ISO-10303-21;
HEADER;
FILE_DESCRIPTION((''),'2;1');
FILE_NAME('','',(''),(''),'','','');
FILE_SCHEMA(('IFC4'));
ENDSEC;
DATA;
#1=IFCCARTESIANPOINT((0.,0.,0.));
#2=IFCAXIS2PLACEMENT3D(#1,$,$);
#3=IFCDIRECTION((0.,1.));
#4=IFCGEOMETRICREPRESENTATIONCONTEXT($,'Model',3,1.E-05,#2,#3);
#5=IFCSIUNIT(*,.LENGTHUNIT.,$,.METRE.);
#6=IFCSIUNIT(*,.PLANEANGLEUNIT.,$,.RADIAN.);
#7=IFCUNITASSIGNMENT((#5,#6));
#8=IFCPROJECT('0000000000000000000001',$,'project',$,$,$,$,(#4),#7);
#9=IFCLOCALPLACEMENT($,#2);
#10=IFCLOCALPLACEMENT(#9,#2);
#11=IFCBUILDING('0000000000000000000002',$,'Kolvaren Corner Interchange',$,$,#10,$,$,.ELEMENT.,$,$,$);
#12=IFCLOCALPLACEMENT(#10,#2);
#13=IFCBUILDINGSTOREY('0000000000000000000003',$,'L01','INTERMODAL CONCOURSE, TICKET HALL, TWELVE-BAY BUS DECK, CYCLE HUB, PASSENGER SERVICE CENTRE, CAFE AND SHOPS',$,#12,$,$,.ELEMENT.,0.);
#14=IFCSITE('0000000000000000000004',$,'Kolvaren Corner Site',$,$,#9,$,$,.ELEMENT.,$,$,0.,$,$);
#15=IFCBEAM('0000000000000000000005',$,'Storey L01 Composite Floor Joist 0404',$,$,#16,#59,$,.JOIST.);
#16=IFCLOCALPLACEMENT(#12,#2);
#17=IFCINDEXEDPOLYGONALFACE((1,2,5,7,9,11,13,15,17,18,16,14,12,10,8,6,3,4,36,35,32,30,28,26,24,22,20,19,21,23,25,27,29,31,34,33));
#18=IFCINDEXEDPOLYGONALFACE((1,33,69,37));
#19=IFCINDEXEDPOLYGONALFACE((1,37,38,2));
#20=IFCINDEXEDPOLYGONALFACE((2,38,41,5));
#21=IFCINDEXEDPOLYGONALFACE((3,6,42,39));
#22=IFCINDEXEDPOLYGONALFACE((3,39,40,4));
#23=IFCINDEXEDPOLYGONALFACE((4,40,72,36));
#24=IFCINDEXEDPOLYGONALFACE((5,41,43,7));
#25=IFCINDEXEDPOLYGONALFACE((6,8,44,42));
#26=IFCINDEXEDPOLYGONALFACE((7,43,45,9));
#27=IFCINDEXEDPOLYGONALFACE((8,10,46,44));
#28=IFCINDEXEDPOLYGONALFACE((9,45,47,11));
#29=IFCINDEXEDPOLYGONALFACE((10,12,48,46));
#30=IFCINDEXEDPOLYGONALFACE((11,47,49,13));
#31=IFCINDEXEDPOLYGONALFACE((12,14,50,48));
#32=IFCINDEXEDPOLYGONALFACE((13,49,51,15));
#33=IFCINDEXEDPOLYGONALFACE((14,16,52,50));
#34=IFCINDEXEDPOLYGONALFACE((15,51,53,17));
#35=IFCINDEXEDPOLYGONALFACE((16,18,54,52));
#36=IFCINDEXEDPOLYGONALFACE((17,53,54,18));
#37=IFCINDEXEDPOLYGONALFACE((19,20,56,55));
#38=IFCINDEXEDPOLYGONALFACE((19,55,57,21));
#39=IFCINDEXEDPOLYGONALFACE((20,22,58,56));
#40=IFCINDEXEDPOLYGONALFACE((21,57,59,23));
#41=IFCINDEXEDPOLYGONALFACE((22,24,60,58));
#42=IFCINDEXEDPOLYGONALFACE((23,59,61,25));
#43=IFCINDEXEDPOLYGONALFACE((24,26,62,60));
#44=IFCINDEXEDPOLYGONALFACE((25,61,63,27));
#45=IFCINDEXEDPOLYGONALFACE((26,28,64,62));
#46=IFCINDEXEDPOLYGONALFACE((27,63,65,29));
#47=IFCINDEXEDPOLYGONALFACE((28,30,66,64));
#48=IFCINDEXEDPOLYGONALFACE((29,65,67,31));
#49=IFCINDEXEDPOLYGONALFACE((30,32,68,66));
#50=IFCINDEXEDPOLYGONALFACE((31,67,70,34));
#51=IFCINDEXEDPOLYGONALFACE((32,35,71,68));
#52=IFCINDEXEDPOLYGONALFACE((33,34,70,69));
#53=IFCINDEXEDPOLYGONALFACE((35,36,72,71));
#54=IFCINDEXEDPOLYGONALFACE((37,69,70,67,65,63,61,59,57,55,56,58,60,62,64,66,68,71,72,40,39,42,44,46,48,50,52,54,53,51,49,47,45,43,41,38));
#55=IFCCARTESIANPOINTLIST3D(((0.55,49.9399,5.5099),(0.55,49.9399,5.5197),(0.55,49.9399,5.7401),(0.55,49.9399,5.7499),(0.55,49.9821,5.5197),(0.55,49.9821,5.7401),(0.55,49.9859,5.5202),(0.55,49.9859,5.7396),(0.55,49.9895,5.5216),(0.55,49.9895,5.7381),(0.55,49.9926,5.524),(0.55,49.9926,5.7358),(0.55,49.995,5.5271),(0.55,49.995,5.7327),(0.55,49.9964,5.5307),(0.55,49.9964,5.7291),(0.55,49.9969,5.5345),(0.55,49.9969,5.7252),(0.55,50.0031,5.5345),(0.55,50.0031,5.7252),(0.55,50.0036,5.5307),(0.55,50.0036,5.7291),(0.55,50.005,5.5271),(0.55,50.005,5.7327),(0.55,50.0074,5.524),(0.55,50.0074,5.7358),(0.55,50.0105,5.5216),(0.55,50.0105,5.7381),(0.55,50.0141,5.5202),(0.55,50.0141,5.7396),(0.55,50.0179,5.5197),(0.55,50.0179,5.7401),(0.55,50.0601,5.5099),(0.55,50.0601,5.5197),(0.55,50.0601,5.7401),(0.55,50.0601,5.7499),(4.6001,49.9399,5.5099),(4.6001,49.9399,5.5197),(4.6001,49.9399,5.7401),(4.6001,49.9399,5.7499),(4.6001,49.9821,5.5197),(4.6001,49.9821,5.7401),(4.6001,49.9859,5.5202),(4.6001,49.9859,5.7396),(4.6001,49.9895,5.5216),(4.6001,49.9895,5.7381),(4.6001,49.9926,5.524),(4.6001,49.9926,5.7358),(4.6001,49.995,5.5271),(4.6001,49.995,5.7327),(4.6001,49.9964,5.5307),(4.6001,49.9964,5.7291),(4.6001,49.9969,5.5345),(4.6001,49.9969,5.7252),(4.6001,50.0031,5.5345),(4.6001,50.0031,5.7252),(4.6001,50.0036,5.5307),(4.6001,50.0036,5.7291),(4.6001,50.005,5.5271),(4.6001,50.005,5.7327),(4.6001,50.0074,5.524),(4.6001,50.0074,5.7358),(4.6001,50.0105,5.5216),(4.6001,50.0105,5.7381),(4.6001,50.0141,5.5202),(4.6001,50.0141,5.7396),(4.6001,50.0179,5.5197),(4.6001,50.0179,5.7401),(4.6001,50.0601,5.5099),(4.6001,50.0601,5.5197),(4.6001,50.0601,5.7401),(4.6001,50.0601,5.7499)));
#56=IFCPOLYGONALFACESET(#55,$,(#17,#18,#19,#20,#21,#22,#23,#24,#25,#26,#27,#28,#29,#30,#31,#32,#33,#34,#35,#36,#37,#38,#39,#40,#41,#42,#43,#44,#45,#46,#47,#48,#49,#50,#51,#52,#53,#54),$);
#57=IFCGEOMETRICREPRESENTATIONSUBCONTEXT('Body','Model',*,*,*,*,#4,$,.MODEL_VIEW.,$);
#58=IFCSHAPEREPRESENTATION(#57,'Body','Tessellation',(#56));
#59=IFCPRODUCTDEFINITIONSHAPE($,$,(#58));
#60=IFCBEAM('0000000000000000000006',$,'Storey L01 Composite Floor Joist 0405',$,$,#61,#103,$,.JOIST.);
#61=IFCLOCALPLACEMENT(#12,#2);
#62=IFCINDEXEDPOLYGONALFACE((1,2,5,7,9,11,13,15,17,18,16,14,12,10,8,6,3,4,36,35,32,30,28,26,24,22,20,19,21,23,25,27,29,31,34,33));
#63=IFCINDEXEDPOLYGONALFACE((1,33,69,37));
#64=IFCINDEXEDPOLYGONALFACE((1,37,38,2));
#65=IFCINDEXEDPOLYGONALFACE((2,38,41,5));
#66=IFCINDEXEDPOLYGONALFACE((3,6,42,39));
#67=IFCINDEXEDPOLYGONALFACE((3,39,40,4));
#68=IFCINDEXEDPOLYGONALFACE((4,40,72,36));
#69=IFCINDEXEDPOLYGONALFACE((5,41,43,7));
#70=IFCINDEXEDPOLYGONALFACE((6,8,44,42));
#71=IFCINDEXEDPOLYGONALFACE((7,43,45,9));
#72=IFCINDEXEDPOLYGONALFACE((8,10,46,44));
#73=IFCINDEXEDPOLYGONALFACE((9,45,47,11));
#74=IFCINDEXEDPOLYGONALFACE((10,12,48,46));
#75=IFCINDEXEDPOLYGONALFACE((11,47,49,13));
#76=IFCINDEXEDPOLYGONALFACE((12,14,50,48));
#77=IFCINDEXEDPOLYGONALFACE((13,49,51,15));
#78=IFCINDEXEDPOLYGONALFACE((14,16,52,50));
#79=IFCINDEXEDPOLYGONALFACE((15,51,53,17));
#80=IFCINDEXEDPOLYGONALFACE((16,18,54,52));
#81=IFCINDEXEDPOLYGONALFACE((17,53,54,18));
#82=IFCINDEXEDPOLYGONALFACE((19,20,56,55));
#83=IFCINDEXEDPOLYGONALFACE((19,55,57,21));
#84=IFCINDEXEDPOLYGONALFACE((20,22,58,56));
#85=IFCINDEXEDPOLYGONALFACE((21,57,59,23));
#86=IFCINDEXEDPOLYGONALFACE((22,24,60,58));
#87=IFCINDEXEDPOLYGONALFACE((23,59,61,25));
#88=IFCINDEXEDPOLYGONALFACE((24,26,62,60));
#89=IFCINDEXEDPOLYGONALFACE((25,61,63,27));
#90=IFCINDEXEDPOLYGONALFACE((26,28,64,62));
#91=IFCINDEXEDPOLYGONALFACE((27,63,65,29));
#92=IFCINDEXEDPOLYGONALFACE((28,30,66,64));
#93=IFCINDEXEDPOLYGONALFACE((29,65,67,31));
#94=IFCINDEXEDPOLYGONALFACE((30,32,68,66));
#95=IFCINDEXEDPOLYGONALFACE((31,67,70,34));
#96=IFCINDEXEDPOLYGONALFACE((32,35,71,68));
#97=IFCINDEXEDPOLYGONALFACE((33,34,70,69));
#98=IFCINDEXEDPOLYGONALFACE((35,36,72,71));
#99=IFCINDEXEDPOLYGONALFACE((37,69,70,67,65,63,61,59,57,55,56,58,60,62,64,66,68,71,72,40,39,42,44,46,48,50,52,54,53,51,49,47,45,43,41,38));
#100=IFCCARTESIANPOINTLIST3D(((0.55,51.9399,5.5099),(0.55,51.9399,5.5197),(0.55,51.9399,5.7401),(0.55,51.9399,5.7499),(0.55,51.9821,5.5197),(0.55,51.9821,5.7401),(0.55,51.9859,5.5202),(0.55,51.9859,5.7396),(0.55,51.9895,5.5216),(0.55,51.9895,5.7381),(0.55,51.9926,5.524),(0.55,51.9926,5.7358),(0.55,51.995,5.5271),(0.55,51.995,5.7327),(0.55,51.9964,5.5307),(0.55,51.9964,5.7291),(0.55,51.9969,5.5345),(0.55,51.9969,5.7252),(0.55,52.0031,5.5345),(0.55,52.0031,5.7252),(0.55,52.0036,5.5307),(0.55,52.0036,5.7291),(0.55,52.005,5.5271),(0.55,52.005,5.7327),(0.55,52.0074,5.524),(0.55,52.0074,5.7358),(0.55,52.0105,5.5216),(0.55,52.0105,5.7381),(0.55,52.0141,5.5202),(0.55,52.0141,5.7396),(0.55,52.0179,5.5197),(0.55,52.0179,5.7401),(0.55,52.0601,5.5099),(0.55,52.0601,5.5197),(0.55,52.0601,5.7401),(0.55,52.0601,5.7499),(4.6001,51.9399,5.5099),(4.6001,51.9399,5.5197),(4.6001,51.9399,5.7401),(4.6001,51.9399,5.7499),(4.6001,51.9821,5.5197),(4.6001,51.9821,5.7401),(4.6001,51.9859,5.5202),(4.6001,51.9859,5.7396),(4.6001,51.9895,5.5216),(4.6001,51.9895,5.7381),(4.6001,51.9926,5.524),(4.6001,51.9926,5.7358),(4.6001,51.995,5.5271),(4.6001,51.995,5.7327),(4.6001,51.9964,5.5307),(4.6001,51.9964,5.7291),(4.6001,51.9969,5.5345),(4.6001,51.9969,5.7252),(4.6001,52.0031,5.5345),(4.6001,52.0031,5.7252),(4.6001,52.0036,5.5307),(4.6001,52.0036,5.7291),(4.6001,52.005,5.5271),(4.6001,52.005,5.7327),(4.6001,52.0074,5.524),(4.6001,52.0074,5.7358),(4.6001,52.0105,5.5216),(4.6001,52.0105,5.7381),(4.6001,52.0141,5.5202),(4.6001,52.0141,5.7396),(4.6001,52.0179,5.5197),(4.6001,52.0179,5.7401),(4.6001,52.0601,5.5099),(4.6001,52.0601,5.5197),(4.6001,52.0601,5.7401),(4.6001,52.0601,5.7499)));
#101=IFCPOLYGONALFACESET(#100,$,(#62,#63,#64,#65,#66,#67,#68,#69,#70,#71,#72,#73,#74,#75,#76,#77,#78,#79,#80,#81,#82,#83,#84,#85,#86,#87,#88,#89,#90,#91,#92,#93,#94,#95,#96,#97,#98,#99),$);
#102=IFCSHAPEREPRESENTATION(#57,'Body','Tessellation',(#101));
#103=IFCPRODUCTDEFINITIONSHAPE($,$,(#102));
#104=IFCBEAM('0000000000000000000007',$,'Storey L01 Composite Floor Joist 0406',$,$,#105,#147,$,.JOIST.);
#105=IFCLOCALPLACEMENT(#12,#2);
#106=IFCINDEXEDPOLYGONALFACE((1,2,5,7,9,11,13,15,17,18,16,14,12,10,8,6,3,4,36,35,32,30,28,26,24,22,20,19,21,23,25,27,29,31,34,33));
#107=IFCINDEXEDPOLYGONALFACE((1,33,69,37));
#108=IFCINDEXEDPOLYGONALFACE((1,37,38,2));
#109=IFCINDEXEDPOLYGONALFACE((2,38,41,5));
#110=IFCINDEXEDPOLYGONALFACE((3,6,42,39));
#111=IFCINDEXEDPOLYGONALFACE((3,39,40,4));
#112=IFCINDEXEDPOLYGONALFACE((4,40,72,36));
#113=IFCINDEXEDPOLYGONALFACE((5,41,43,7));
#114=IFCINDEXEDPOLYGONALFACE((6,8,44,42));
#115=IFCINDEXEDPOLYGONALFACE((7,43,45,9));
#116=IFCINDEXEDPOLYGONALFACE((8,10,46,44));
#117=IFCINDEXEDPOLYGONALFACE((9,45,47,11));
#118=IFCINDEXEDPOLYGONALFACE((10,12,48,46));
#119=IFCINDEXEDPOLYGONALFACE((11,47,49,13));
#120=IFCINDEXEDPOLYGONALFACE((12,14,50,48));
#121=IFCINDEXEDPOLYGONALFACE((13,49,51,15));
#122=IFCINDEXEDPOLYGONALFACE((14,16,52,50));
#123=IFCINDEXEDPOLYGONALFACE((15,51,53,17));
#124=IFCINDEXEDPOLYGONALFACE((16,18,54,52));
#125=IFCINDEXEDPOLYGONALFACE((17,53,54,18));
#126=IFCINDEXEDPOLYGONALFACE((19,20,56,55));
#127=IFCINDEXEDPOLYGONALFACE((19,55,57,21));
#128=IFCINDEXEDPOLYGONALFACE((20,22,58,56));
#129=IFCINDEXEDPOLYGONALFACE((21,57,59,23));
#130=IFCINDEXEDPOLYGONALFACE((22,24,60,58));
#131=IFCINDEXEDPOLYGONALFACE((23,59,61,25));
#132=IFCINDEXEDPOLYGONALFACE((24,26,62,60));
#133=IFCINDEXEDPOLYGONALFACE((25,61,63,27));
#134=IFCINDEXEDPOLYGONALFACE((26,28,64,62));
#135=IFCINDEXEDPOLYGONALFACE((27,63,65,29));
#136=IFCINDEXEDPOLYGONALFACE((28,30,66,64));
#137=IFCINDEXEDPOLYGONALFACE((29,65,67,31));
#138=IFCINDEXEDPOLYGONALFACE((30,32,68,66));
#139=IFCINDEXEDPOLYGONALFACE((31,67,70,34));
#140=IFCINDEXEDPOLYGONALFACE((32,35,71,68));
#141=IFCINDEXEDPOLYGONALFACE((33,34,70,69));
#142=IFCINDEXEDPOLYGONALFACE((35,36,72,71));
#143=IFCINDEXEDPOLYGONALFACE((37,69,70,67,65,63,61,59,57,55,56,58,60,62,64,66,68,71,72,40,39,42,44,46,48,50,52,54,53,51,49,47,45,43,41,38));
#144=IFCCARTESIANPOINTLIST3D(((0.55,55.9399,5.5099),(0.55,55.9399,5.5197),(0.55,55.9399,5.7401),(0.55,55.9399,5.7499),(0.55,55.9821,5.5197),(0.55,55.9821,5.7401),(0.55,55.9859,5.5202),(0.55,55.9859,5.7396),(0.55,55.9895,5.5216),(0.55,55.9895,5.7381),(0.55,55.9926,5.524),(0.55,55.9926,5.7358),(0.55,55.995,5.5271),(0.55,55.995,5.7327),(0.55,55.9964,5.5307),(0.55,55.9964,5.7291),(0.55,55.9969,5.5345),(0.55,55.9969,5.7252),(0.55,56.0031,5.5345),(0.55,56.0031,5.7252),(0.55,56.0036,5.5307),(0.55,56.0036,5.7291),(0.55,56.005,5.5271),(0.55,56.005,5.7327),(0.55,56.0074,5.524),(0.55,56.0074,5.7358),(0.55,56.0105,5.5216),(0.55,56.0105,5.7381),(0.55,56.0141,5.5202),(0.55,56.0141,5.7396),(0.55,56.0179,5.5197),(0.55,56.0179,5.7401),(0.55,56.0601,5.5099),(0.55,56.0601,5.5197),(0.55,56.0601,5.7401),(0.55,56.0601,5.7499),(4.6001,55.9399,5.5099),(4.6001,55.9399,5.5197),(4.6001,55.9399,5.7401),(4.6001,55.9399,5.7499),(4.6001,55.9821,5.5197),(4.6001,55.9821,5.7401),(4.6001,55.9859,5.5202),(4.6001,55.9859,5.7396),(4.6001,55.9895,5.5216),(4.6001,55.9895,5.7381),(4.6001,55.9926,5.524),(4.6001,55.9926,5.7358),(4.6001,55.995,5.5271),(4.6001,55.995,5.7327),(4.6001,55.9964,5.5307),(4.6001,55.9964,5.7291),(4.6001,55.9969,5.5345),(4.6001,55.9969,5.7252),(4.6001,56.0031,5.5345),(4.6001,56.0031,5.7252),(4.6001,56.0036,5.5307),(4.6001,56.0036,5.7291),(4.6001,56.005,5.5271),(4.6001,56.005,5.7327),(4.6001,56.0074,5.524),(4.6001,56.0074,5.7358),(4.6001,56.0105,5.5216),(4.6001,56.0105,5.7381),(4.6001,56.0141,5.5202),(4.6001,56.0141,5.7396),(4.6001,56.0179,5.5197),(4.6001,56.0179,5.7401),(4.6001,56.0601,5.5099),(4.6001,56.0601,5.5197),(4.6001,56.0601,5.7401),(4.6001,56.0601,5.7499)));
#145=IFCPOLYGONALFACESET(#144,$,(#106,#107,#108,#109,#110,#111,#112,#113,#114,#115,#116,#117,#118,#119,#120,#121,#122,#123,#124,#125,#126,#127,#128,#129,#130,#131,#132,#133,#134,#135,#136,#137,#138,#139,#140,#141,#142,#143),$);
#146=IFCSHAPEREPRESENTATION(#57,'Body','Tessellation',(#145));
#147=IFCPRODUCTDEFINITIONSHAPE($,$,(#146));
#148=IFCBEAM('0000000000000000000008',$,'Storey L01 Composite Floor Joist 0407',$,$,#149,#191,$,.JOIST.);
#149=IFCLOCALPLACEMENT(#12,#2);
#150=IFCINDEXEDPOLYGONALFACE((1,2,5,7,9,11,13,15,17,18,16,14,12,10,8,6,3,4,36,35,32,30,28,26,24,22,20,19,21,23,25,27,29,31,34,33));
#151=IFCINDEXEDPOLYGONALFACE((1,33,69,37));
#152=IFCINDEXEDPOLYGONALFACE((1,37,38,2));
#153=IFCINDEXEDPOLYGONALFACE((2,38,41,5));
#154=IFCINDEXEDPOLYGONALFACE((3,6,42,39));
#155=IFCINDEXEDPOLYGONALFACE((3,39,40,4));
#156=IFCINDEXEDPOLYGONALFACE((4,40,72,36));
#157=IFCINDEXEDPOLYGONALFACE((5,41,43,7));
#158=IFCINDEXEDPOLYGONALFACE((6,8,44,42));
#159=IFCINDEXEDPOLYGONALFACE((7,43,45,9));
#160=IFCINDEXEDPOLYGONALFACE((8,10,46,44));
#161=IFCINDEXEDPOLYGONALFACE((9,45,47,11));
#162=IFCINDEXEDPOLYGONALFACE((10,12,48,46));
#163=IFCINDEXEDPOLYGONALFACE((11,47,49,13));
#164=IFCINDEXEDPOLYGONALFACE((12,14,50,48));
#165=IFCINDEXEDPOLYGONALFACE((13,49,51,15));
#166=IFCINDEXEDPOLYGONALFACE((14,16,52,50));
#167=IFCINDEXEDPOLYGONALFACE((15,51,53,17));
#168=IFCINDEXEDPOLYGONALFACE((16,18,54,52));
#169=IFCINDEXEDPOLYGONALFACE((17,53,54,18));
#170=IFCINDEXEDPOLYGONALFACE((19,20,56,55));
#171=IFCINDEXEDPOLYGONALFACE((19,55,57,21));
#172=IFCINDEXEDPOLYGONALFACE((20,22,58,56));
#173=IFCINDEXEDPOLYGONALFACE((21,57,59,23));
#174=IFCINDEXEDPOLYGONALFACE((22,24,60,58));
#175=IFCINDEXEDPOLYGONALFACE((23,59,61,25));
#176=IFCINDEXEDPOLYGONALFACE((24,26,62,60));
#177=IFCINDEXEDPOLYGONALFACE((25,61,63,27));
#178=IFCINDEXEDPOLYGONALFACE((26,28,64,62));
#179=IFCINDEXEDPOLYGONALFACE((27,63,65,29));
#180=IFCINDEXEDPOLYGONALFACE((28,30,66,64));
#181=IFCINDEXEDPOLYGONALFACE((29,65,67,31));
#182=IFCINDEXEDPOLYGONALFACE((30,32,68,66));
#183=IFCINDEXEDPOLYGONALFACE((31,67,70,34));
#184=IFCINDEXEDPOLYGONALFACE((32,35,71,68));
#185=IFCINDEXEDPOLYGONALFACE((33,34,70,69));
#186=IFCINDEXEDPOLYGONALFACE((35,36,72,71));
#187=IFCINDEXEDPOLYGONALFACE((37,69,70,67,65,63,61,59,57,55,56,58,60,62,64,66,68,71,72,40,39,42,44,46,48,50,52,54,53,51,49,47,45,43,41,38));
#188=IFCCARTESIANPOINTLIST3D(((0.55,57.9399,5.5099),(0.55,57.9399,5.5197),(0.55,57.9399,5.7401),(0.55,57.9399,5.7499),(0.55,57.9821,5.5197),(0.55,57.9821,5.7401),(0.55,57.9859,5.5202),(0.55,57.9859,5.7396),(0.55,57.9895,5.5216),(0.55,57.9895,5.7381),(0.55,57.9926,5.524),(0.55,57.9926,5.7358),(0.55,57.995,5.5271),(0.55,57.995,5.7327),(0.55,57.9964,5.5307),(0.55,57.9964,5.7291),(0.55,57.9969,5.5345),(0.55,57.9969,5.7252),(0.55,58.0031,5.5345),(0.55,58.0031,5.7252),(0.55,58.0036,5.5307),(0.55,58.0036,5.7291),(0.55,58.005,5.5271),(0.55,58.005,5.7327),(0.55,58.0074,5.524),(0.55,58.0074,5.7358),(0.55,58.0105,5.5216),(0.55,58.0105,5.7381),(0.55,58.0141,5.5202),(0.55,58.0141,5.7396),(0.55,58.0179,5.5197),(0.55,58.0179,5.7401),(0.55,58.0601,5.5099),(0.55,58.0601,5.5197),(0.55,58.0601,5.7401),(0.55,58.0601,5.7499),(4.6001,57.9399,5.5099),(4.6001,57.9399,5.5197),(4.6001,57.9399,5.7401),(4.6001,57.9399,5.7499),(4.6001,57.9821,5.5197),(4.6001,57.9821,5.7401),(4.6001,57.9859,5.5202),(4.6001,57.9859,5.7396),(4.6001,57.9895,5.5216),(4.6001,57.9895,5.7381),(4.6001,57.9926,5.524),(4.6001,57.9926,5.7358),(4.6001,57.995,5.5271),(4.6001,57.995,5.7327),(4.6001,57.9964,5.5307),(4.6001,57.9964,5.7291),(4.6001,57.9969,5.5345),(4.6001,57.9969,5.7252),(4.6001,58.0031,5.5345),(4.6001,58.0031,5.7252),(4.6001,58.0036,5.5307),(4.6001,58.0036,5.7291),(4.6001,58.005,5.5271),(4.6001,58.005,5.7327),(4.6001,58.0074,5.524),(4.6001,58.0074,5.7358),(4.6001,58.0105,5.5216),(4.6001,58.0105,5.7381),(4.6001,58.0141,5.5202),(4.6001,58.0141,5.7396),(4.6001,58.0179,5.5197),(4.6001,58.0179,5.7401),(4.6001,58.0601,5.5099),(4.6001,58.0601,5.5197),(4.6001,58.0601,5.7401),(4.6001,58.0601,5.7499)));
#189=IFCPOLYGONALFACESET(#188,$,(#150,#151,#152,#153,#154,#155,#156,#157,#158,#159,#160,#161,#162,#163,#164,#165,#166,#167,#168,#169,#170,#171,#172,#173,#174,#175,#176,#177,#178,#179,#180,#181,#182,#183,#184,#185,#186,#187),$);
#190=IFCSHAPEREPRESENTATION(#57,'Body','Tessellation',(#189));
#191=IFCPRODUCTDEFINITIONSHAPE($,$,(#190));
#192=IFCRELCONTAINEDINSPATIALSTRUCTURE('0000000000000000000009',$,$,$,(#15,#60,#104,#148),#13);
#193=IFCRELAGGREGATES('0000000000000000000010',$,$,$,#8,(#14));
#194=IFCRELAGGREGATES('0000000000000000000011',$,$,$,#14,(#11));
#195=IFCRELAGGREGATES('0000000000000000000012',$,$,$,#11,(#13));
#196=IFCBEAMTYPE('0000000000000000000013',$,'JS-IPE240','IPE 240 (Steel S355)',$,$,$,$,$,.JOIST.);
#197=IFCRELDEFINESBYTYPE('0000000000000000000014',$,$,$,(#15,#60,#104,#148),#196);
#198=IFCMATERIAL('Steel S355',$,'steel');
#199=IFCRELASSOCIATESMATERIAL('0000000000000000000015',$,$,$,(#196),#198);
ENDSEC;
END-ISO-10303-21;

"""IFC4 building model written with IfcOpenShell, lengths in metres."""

from ifc_helpers import new_model, si_unit, direction, frame, origin, origin_2d, place, context, subcontext, project, spatial, i_section, extrude, material, material_profile, profile_set, type_object, element, save


model = new_model("IFC4")

# Units and contexts
model_context = context("Model", 3, precision=1e-05, world=origin(), true_north=direction((0.0, 1.0)))
body_context = subcontext(model_context, "Body", "Model", "MODEL_VIEW")
ifc_project = project(units=[si_unit("LENGTHUNIT", "METRE"), si_unit("PLANEANGLEUNIT", "RADIAN")], contexts=[model_context])

# Site, building, storey
site_placement = place(None, origin())
site = spatial("IfcSite", under=ifc_project, at=site_placement, Name="Kolvaren Corner Site", CompositionType="ELEMENT", RefElevation=0.0)
building_placement = place(site_placement, origin())
building = spatial("IfcBuilding", under=site, at=building_placement, Name="Kolvaren Corner Interchange", CompositionType="ELEMENT")
storey_placement = place(building_placement, origin())
storey = spatial("IfcBuildingStorey", under=building, at=storey_placement, Name="L01", Description="INTERMODAL CONCOURSE, TICKET HALL, TWELVE-BAY BUS DECK, CYCLE HUB, PASSENGER SERVICE CENTRE, CAFE AND SHOPS", CompositionType="ELEMENT", Elevation=0.0)

# Beams
ifc_material_1 = material(Name="Steel S355", Category="steel")
ifc_material_profile_1 = material_profile(ifc_material_1, i_section(OverallWidth=0.1201, OverallDepth=0.24, WebThickness=0.0061, FlangeThickness=0.0098, FilletRadius=0.0149, at=origin_2d()), Name="IPE 240")
ifc_profile_set_1 = profile_set([ifc_material_profile_1], Name="Steel S355")
beam_type_1 = type_object("IfcBeamType", Name="JS-IPE240", Description="IPE 240 (Steel S355)", PredefinedType="JOIST", material=ifc_profile_set_1)
for number, where, z_axis, x_axis, name in (
    (1, (0.55, 50.0, 5.6299), (1.0, 0.0, 0.0), (0.0, 1.0, 0.0), "Storey L01 Composite Floor Joist 0404"),
    (2, (0.55, 52.0, 5.6299), (1.0, 0.0, 0.0), (0.0, 1.0, 0.0), "Storey L01 Composite Floor Joist 0405"),
    (3, (0.55, 56.0, 5.6299), (1.0, 0.0, 0.0), (0.0, 1.0, 0.0), "Storey L01 Composite Floor Joist 0406"),
    (4, (0.55, 58.0, 5.6299), (1.0, 0.0, 0.0), (0.0, 1.0, 0.0), "Storey L01 Composite Floor Joist 0407"),
):
    element("IfcBeam", number, at=place(storey_placement, frame(where, z_axis=z_axis, x_axis=x_axis)), inside=storey, type_object=beam_type_1, Name=name, PredefinedType="JOIST", context=body_context, shape_type="SweptSolid", body=[
        extrude(i_section(OverallWidth=0.1201, OverallDepth=0.24, WebThickness=0.0061, FlangeThickness=0.0098, FilletRadius=0.0149, at=origin_2d()), origin(), (0.0, 0.0, 1.0), 4.05),
    ])

save(model, "model.ifc")
